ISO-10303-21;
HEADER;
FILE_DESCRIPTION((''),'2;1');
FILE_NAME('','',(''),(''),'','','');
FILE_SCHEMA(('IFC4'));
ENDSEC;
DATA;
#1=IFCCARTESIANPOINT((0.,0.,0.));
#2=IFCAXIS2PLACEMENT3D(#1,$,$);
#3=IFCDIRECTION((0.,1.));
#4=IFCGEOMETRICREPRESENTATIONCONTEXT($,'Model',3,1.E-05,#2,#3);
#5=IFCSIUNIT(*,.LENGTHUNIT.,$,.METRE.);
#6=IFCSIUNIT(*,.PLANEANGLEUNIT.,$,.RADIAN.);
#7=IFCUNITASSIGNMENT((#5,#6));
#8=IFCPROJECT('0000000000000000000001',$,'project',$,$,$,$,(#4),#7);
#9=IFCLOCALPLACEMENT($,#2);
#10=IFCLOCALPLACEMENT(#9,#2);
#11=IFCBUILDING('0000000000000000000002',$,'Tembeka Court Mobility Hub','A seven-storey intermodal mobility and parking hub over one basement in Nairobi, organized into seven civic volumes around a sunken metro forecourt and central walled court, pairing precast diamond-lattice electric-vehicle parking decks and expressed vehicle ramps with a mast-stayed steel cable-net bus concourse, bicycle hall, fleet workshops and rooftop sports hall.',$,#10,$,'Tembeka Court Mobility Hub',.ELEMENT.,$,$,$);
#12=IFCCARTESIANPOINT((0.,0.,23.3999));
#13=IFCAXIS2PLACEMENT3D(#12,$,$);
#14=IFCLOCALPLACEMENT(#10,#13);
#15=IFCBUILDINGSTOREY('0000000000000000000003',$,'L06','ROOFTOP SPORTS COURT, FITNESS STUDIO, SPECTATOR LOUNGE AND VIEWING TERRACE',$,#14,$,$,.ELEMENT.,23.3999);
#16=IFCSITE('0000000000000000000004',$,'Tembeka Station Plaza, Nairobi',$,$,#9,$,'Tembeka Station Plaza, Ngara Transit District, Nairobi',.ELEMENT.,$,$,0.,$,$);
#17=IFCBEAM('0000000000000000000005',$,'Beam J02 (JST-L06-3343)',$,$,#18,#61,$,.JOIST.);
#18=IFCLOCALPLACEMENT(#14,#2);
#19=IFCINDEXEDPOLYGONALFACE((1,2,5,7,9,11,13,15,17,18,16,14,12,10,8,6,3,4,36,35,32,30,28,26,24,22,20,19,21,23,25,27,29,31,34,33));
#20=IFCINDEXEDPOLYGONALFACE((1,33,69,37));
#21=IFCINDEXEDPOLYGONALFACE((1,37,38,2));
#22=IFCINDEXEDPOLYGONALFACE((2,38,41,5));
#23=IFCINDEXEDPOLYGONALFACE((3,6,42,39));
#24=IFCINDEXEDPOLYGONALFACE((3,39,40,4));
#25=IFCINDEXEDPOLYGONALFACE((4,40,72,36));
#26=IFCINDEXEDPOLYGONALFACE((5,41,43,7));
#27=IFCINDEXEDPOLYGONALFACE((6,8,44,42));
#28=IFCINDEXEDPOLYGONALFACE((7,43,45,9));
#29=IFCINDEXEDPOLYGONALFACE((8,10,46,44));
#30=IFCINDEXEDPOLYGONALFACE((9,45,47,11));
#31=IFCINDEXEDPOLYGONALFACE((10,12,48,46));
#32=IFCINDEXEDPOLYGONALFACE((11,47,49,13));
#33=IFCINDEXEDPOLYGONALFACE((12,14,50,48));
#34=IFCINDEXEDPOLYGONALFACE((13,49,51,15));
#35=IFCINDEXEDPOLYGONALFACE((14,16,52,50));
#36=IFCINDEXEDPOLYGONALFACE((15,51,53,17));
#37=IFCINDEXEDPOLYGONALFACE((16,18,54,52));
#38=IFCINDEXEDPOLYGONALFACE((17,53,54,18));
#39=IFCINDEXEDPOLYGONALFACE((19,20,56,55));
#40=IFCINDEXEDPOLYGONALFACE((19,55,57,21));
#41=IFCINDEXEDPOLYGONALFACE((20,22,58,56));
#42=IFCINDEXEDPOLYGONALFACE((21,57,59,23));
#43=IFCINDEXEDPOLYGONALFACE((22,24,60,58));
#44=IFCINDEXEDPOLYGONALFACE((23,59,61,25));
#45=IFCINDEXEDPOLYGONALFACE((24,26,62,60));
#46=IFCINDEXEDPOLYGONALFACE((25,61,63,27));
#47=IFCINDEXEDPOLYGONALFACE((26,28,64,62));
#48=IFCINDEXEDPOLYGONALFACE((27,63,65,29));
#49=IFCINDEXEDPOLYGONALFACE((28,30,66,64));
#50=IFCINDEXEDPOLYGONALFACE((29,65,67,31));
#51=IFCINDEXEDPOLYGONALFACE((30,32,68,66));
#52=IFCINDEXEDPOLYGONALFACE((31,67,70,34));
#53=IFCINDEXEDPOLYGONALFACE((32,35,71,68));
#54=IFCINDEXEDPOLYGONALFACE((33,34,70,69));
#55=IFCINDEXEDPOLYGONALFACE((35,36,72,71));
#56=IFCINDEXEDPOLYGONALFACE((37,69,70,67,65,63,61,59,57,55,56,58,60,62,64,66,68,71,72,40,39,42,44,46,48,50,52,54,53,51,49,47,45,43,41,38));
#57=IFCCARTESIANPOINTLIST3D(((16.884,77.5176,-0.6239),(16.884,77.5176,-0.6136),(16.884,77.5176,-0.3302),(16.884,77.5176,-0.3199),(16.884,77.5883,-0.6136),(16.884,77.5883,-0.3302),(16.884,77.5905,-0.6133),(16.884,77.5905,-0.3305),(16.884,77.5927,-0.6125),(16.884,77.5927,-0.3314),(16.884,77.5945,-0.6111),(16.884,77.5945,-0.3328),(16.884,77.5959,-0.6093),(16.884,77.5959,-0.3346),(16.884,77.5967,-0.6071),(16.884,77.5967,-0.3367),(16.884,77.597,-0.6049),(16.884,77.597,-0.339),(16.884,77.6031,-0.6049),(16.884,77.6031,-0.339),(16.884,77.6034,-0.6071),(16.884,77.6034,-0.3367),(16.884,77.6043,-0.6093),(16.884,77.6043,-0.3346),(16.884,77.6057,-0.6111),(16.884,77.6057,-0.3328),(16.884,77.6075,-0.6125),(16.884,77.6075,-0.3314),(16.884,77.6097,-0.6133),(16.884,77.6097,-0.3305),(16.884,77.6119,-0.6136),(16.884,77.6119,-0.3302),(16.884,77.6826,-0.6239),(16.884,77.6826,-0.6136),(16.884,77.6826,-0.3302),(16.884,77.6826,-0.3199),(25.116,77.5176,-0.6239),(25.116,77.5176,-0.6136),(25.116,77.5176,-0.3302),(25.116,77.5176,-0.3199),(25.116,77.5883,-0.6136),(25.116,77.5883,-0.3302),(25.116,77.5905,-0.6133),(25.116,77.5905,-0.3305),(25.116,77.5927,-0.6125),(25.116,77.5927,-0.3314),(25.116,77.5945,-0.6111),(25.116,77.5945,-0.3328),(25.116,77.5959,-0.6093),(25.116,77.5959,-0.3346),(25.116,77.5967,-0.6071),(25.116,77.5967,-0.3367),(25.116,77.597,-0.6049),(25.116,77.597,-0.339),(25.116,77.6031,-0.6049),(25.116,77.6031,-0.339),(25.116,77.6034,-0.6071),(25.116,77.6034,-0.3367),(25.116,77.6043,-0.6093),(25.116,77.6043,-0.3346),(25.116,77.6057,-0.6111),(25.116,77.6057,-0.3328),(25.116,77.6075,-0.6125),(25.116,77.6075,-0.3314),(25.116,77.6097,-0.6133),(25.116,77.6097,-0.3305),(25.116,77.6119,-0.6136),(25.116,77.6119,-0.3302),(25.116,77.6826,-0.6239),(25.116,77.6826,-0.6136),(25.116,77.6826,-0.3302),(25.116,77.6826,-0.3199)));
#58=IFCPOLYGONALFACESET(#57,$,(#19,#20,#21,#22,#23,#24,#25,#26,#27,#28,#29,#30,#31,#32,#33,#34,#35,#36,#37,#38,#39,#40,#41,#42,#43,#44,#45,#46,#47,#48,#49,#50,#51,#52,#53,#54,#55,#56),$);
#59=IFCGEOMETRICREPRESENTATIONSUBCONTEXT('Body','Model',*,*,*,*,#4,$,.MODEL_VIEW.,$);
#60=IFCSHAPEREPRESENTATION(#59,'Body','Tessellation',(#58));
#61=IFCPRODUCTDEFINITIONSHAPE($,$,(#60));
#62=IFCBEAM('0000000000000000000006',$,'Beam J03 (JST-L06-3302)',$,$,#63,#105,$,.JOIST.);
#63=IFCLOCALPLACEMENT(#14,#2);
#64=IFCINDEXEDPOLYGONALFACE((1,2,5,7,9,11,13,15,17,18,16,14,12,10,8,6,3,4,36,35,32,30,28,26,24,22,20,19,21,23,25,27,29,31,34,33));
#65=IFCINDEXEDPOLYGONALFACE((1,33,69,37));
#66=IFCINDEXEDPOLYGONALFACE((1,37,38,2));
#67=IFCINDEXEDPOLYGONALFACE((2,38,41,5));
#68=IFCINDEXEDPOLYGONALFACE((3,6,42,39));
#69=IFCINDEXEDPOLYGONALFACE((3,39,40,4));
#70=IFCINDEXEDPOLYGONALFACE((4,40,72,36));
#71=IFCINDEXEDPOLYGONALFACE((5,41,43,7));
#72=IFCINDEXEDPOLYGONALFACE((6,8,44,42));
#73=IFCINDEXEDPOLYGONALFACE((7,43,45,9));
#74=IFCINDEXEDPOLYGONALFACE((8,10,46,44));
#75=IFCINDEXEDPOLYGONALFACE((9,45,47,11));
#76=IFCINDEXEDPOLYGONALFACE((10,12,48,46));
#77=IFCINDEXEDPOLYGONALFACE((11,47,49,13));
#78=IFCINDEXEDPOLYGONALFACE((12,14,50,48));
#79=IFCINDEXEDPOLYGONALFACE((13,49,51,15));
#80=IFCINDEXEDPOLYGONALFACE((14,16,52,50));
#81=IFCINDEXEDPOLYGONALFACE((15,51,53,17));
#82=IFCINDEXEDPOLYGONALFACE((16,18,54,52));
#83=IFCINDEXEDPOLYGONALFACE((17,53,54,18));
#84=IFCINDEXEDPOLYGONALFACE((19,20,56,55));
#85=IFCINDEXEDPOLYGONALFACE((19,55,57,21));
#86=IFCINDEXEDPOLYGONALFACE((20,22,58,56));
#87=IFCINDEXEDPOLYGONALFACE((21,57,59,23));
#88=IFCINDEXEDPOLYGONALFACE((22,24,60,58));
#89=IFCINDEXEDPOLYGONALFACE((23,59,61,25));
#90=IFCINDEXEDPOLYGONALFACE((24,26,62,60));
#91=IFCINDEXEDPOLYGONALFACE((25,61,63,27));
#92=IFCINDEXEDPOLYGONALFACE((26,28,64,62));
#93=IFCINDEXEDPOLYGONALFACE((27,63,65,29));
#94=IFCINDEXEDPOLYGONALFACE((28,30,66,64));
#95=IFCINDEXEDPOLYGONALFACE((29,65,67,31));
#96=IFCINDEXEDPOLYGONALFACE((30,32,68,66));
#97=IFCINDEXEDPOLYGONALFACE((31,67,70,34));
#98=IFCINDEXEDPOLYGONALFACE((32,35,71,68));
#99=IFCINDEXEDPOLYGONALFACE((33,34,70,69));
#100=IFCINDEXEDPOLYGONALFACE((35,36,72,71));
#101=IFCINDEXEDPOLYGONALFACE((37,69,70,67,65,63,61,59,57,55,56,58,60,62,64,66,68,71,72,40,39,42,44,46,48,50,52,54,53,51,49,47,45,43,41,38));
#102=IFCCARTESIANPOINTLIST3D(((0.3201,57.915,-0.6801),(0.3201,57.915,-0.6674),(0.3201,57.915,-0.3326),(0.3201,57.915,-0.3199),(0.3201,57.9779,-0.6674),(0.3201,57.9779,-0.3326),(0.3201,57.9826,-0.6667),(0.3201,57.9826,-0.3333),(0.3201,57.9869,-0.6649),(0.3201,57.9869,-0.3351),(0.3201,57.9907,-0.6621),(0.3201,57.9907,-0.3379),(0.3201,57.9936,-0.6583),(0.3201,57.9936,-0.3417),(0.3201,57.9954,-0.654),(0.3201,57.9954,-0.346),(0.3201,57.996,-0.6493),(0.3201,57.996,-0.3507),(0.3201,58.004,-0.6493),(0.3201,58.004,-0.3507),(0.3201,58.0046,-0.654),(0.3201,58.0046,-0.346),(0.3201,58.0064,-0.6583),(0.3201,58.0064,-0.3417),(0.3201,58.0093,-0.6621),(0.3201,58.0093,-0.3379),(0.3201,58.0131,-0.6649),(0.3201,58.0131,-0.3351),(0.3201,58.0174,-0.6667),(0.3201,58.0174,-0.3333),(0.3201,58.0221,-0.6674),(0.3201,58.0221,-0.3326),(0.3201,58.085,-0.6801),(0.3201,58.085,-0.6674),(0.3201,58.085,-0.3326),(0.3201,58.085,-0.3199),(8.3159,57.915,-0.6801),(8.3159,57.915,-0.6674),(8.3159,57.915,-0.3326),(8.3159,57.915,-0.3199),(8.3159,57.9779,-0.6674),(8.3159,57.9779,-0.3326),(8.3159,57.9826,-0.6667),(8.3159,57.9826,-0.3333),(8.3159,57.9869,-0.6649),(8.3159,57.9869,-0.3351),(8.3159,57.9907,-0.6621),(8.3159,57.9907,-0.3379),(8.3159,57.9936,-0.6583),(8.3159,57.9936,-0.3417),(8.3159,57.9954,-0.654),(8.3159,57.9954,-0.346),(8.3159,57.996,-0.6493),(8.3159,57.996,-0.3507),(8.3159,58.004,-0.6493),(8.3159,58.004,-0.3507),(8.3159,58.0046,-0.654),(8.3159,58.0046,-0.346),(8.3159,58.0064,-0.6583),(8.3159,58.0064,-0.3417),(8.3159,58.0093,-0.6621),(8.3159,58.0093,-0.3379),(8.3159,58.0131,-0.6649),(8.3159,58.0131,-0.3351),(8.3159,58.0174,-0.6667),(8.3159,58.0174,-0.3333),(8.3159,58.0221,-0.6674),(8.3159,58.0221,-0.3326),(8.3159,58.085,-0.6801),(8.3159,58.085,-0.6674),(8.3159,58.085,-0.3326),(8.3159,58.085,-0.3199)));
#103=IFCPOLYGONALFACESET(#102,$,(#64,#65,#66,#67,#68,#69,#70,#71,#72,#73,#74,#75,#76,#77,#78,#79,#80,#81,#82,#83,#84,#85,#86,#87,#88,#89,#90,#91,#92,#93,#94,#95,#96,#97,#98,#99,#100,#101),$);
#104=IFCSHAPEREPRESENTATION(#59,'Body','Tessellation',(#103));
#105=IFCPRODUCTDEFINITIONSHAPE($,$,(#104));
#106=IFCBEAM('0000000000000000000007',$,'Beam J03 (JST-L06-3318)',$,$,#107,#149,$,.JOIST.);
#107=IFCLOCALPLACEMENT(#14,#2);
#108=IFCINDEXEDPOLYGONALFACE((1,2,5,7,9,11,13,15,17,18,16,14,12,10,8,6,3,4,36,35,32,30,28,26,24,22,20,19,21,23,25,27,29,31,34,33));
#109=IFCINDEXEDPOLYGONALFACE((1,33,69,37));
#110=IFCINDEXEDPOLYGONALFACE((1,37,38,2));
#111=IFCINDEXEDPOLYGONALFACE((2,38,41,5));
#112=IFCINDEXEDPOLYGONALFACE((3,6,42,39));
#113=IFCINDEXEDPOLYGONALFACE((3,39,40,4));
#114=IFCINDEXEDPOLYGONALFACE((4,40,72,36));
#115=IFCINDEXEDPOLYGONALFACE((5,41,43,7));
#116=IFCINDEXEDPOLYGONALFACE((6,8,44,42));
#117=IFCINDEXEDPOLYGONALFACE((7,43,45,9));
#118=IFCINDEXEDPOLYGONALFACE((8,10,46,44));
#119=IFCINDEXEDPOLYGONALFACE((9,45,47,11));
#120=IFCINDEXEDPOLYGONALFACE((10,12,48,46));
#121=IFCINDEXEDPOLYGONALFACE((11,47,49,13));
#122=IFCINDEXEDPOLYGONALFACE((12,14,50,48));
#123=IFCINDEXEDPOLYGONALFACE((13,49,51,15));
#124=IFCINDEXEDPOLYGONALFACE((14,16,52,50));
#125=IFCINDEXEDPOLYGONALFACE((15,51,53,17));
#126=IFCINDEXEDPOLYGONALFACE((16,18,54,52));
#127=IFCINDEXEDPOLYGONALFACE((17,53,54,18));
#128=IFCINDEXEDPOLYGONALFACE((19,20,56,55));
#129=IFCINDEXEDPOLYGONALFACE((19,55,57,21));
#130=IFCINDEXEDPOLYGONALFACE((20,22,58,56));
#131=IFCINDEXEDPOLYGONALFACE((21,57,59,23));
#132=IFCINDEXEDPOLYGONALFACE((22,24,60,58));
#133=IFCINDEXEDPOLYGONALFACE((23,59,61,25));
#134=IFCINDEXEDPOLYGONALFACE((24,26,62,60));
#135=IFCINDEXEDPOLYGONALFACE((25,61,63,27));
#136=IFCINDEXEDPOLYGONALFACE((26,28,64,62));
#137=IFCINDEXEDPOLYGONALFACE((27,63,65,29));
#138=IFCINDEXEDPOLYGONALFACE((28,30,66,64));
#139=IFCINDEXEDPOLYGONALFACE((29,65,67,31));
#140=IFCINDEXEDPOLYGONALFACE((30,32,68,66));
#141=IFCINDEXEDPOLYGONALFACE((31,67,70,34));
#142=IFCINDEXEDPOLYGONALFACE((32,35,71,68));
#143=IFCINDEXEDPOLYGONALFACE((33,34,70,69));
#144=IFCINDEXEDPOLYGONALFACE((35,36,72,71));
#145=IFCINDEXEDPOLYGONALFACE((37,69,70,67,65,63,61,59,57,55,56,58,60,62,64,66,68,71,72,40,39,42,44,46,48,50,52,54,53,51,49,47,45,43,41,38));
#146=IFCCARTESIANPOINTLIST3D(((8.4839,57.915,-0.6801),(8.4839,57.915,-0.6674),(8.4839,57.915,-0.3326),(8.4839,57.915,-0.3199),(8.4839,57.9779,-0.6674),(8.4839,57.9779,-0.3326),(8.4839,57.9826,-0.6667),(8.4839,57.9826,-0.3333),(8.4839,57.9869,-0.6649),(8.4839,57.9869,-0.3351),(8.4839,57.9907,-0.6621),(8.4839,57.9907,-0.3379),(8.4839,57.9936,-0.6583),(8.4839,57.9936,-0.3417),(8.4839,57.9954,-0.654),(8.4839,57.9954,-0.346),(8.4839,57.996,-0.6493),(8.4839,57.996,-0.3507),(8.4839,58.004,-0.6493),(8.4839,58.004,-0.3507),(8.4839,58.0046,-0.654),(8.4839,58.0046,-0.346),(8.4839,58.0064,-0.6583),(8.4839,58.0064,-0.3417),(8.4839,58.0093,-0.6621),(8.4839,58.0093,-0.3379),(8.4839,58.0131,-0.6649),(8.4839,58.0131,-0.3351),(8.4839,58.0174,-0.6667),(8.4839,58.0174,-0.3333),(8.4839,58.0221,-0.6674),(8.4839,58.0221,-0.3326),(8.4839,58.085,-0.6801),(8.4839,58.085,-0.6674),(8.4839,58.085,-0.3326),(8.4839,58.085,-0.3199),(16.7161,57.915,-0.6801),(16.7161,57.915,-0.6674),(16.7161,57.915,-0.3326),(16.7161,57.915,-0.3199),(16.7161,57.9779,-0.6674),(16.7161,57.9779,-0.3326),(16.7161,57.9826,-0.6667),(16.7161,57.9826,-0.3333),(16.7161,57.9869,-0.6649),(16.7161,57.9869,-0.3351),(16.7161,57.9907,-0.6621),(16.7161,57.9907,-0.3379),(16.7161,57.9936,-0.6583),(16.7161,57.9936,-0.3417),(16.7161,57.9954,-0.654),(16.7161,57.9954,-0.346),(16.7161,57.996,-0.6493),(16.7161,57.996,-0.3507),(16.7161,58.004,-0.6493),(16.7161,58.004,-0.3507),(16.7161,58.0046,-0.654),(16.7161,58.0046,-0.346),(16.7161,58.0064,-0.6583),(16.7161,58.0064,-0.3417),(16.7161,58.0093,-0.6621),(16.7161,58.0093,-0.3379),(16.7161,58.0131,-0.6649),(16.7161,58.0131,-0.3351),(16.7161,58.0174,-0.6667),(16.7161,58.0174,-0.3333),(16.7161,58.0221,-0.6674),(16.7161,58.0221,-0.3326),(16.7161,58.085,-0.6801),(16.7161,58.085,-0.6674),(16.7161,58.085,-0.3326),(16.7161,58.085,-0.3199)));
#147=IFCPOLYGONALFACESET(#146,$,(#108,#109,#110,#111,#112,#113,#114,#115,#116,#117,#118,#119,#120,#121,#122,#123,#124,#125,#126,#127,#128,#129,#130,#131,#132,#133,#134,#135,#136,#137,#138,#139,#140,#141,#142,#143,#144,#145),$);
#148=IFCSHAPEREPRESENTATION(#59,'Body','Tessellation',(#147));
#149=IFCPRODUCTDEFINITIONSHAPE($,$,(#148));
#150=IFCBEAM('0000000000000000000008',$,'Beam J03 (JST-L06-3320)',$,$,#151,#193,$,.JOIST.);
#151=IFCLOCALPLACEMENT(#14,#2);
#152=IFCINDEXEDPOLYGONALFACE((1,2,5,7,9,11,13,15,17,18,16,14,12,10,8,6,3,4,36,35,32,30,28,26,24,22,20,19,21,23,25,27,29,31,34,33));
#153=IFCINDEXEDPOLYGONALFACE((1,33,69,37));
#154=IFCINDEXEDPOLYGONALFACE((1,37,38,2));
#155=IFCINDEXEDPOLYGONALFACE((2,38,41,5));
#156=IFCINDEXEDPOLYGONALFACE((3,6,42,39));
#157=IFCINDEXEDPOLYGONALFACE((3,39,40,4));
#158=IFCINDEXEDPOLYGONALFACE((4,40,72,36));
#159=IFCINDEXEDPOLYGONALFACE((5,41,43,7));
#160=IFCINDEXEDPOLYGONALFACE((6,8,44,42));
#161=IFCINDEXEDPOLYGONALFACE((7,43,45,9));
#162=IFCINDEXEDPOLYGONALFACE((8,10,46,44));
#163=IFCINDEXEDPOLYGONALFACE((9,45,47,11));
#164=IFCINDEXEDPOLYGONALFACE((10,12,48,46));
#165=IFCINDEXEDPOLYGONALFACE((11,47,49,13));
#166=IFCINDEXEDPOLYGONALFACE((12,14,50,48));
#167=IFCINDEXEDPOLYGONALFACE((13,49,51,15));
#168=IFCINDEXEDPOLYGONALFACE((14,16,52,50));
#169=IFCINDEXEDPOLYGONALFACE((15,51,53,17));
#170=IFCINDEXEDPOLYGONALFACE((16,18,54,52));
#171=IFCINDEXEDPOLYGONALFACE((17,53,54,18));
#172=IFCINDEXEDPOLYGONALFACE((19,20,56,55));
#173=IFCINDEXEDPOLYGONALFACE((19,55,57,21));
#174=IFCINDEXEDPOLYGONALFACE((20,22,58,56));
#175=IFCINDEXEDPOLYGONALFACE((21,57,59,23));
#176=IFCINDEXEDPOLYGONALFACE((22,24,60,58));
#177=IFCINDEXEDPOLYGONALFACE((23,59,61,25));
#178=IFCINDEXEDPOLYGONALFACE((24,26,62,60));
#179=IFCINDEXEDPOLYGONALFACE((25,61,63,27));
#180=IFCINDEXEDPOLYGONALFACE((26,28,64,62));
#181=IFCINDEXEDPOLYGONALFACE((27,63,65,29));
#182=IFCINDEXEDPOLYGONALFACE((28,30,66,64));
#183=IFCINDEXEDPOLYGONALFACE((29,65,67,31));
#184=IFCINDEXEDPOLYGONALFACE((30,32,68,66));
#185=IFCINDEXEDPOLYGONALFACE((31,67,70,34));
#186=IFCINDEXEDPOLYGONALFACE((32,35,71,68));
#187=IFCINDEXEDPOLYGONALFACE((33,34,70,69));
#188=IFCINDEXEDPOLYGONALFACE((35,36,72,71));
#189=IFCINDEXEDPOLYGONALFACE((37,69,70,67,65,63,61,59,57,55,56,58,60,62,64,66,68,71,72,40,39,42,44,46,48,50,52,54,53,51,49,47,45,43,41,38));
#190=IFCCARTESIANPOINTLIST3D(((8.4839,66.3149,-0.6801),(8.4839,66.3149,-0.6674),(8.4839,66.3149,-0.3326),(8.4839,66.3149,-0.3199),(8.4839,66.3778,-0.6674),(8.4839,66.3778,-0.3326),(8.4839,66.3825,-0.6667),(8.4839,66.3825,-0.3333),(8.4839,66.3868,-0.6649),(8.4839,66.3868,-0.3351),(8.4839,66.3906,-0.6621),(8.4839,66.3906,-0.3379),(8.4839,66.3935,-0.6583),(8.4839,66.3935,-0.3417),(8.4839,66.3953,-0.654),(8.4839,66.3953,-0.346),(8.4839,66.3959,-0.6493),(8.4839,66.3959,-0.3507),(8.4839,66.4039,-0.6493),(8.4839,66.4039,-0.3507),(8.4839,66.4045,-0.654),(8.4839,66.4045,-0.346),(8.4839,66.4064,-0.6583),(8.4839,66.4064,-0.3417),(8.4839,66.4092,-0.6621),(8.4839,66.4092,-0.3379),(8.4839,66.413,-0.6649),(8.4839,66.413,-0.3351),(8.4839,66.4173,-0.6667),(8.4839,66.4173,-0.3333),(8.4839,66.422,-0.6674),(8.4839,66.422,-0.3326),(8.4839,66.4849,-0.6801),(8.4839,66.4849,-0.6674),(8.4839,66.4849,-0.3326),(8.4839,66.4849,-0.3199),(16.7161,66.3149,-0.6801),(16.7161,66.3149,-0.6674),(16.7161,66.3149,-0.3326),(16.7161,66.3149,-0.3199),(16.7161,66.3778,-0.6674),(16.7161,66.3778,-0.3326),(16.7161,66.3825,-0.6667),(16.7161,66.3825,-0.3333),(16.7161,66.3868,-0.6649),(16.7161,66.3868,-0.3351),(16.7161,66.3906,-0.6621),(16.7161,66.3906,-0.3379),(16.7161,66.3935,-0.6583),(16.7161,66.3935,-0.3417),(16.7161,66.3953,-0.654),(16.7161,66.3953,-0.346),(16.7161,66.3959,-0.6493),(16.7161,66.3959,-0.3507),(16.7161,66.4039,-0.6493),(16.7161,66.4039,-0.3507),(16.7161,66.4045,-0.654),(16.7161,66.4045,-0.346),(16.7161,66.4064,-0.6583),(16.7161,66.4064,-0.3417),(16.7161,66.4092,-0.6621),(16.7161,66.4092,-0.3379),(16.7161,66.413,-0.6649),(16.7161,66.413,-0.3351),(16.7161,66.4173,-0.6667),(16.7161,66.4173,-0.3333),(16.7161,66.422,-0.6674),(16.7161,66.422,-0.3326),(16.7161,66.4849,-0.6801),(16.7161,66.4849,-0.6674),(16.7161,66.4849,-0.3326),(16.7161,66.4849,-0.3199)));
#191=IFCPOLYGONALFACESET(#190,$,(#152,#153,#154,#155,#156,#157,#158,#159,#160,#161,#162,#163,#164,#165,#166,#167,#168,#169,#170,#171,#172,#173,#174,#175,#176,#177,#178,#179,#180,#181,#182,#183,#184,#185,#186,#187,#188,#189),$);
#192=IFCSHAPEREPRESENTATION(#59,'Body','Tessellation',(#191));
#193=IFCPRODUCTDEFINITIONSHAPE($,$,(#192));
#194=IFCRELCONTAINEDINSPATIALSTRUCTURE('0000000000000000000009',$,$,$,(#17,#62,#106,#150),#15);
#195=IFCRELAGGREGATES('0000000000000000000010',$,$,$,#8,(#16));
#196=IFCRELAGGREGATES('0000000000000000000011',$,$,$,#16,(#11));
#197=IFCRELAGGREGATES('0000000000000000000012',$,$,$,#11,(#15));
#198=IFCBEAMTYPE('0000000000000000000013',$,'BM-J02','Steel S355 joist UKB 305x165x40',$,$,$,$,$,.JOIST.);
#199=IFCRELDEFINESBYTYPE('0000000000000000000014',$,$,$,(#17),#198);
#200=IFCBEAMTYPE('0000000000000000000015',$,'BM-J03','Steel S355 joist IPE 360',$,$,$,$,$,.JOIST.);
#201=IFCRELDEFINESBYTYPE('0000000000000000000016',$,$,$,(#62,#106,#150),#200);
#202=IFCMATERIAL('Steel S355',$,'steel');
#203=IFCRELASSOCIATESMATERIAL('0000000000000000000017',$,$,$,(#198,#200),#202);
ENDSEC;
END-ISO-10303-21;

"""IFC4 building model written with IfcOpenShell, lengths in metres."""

from ifc_helpers import new_model, si_unit, direction, frame, origin, origin_2d, place, context, subcontext, project, spatial, i_section, extrude, material, material_profile, profile_set, type_object, element, save


model = new_model("IFC4")

# Units and contexts
model_context = context("Model", 3, precision=1e-05, world=origin(), true_north=direction((0.0, 1.0)))
body_context = subcontext(model_context, "Body", "Model", "MODEL_VIEW")
ifc_project = project(units=[si_unit("LENGTHUNIT", "METRE"), si_unit("PLANEANGLEUNIT", "RADIAN")], contexts=[model_context])

# Site, building, storey
site_placement = place(None, origin())
site = spatial("IfcSite", under=ifc_project, at=site_placement, Name="Tembeka Station Plaza, Nairobi", LongName="Tembeka Station Plaza, Ngara Transit District, Nairobi", CompositionType="ELEMENT", RefElevation=0.0)
building_placement = place(site_placement, origin())
building = spatial("IfcBuilding", under=site, at=building_placement, Name="Tembeka Court Mobility Hub", Description="A seven-storey intermodal mobility and parking hub over one basement in Nairobi, organized into seven civic volumes around a sunken metro forecourt and central walled court, pairing precast diamond-lattice electric-vehicle parking decks and expressed vehicle ramps with a mast-stayed steel cable-net bus concourse, bicycle hall, fleet workshops and rooftop sports hall.", LongName="Tembeka Court Mobility Hub", CompositionType="ELEMENT")
storey_placement = place(building_placement, frame((0.0, 0.0, 23.3999)))
storey = spatial("IfcBuildingStorey", under=building, at=storey_placement, Name="L06", Description="ROOFTOP SPORTS COURT, FITNESS STUDIO, SPECTATOR LOUNGE AND VIEWING TERRACE", CompositionType="ELEMENT", Elevation=23.3999)

# Beams
ifc_material_1 = material(Name="Steel S355", Category="steel")
ifc_material_profile_1 = material_profile(ifc_material_1, i_section(OverallWidth=0.165, OverallDepth=0.304, WebThickness=0.0061, FlangeThickness=0.0103, FilletRadius=0.0088, at=origin_2d()), Name="UKB 305x165x40")
ifc_profile_set_1 = profile_set([ifc_material_profile_1], Name="Steel S355")
beam_type_1 = type_object("IfcBeamType", Name="BM-J02", Description="Steel S355 joist UKB 305x165x40", PredefinedType="JOIST", material=ifc_profile_set_1)
for number, where, z_axis, x_axis, name in (
    (1, (16.884, 77.6001, -0.4719), (1.0, 0.0, 0.0), (0.0, 1.0, 0.0), "Beam J02 (JST-L06-3343)"),
):
    element("IfcBeam", number, at=place(storey_placement, frame(where, z_axis=z_axis, x_axis=x_axis)), inside=storey, type_object=beam_type_1, Name=name, PredefinedType="JOIST", context=body_context, shape_type="SweptSolid", body=[
        extrude(i_section(OverallWidth=0.165, OverallDepth=0.304, WebThickness=0.0061, FlangeThickness=0.0103, FilletRadius=0.0088, at=origin_2d()), origin(), (0.0, 0.0, 1.0), 8.2319),
    ])
ifc_material_profile_2 = material_profile(ifc_material_1, i_section(OverallWidth=0.1699, OverallDepth=0.3601, WebThickness=0.0081, FlangeThickness=0.0127, FilletRadius=0.0181, at=origin_2d()), Name="IPE 360")
ifc_profile_set_2 = profile_set([ifc_material_profile_2], Name="Steel S355")
beam_type_2 = type_object("IfcBeamType", Name="BM-J03", Description="Steel S355 joist IPE 360", PredefinedType="JOIST", material=ifc_profile_set_2)
beam_1_placement = place(storey_placement, frame((0.3201, 58.0, -0.5), z_axis=(1.0, 0.0, 0.0), x_axis=(0.0, 1.0, 0.0)))
element("IfcBeam", 2, at=beam_1_placement, inside=storey, type_object=beam_type_2, Name="Beam J03 (JST-L06-3302)", PredefinedType="JOIST", context=body_context, shape_type="SweptSolid", body=[
    extrude(i_section(OverallWidth=0.1699, OverallDepth=0.3601, WebThickness=0.0081, FlangeThickness=0.0127, FilletRadius=0.0181, at=origin_2d()), origin(), (0.0, 0.0, 1.0), 7.9958),
])
for number, where, z_axis, x_axis, name in (
    (3, (8.4839, 58.0, -0.5), (1.0, 0.0, 0.0), (0.0, 1.0, 0.0), "Beam J03 (JST-L06-3318)"),
    (4, (8.4839, 66.3999, -0.5), (1.0, 0.0, 0.0), (0.0, 1.0, 0.0), "Beam J03 (JST-L06-3320)"),
):
    element("IfcBeam", number, at=place(storey_placement, frame(where, z_axis=z_axis, x_axis=x_axis)), inside=storey, type_object=beam_type_2, Name=name, PredefinedType="JOIST", context=body_context, shape_type="SweptSolid", body=[
        extrude(i_section(OverallWidth=0.1699, OverallDepth=0.3601, WebThickness=0.0081, FlangeThickness=0.0127, FilletRadius=0.0181, at=origin_2d()), origin(), (0.0, 0.0, 1.0), 8.2322),
    ])

save(model, "model.ifc")
